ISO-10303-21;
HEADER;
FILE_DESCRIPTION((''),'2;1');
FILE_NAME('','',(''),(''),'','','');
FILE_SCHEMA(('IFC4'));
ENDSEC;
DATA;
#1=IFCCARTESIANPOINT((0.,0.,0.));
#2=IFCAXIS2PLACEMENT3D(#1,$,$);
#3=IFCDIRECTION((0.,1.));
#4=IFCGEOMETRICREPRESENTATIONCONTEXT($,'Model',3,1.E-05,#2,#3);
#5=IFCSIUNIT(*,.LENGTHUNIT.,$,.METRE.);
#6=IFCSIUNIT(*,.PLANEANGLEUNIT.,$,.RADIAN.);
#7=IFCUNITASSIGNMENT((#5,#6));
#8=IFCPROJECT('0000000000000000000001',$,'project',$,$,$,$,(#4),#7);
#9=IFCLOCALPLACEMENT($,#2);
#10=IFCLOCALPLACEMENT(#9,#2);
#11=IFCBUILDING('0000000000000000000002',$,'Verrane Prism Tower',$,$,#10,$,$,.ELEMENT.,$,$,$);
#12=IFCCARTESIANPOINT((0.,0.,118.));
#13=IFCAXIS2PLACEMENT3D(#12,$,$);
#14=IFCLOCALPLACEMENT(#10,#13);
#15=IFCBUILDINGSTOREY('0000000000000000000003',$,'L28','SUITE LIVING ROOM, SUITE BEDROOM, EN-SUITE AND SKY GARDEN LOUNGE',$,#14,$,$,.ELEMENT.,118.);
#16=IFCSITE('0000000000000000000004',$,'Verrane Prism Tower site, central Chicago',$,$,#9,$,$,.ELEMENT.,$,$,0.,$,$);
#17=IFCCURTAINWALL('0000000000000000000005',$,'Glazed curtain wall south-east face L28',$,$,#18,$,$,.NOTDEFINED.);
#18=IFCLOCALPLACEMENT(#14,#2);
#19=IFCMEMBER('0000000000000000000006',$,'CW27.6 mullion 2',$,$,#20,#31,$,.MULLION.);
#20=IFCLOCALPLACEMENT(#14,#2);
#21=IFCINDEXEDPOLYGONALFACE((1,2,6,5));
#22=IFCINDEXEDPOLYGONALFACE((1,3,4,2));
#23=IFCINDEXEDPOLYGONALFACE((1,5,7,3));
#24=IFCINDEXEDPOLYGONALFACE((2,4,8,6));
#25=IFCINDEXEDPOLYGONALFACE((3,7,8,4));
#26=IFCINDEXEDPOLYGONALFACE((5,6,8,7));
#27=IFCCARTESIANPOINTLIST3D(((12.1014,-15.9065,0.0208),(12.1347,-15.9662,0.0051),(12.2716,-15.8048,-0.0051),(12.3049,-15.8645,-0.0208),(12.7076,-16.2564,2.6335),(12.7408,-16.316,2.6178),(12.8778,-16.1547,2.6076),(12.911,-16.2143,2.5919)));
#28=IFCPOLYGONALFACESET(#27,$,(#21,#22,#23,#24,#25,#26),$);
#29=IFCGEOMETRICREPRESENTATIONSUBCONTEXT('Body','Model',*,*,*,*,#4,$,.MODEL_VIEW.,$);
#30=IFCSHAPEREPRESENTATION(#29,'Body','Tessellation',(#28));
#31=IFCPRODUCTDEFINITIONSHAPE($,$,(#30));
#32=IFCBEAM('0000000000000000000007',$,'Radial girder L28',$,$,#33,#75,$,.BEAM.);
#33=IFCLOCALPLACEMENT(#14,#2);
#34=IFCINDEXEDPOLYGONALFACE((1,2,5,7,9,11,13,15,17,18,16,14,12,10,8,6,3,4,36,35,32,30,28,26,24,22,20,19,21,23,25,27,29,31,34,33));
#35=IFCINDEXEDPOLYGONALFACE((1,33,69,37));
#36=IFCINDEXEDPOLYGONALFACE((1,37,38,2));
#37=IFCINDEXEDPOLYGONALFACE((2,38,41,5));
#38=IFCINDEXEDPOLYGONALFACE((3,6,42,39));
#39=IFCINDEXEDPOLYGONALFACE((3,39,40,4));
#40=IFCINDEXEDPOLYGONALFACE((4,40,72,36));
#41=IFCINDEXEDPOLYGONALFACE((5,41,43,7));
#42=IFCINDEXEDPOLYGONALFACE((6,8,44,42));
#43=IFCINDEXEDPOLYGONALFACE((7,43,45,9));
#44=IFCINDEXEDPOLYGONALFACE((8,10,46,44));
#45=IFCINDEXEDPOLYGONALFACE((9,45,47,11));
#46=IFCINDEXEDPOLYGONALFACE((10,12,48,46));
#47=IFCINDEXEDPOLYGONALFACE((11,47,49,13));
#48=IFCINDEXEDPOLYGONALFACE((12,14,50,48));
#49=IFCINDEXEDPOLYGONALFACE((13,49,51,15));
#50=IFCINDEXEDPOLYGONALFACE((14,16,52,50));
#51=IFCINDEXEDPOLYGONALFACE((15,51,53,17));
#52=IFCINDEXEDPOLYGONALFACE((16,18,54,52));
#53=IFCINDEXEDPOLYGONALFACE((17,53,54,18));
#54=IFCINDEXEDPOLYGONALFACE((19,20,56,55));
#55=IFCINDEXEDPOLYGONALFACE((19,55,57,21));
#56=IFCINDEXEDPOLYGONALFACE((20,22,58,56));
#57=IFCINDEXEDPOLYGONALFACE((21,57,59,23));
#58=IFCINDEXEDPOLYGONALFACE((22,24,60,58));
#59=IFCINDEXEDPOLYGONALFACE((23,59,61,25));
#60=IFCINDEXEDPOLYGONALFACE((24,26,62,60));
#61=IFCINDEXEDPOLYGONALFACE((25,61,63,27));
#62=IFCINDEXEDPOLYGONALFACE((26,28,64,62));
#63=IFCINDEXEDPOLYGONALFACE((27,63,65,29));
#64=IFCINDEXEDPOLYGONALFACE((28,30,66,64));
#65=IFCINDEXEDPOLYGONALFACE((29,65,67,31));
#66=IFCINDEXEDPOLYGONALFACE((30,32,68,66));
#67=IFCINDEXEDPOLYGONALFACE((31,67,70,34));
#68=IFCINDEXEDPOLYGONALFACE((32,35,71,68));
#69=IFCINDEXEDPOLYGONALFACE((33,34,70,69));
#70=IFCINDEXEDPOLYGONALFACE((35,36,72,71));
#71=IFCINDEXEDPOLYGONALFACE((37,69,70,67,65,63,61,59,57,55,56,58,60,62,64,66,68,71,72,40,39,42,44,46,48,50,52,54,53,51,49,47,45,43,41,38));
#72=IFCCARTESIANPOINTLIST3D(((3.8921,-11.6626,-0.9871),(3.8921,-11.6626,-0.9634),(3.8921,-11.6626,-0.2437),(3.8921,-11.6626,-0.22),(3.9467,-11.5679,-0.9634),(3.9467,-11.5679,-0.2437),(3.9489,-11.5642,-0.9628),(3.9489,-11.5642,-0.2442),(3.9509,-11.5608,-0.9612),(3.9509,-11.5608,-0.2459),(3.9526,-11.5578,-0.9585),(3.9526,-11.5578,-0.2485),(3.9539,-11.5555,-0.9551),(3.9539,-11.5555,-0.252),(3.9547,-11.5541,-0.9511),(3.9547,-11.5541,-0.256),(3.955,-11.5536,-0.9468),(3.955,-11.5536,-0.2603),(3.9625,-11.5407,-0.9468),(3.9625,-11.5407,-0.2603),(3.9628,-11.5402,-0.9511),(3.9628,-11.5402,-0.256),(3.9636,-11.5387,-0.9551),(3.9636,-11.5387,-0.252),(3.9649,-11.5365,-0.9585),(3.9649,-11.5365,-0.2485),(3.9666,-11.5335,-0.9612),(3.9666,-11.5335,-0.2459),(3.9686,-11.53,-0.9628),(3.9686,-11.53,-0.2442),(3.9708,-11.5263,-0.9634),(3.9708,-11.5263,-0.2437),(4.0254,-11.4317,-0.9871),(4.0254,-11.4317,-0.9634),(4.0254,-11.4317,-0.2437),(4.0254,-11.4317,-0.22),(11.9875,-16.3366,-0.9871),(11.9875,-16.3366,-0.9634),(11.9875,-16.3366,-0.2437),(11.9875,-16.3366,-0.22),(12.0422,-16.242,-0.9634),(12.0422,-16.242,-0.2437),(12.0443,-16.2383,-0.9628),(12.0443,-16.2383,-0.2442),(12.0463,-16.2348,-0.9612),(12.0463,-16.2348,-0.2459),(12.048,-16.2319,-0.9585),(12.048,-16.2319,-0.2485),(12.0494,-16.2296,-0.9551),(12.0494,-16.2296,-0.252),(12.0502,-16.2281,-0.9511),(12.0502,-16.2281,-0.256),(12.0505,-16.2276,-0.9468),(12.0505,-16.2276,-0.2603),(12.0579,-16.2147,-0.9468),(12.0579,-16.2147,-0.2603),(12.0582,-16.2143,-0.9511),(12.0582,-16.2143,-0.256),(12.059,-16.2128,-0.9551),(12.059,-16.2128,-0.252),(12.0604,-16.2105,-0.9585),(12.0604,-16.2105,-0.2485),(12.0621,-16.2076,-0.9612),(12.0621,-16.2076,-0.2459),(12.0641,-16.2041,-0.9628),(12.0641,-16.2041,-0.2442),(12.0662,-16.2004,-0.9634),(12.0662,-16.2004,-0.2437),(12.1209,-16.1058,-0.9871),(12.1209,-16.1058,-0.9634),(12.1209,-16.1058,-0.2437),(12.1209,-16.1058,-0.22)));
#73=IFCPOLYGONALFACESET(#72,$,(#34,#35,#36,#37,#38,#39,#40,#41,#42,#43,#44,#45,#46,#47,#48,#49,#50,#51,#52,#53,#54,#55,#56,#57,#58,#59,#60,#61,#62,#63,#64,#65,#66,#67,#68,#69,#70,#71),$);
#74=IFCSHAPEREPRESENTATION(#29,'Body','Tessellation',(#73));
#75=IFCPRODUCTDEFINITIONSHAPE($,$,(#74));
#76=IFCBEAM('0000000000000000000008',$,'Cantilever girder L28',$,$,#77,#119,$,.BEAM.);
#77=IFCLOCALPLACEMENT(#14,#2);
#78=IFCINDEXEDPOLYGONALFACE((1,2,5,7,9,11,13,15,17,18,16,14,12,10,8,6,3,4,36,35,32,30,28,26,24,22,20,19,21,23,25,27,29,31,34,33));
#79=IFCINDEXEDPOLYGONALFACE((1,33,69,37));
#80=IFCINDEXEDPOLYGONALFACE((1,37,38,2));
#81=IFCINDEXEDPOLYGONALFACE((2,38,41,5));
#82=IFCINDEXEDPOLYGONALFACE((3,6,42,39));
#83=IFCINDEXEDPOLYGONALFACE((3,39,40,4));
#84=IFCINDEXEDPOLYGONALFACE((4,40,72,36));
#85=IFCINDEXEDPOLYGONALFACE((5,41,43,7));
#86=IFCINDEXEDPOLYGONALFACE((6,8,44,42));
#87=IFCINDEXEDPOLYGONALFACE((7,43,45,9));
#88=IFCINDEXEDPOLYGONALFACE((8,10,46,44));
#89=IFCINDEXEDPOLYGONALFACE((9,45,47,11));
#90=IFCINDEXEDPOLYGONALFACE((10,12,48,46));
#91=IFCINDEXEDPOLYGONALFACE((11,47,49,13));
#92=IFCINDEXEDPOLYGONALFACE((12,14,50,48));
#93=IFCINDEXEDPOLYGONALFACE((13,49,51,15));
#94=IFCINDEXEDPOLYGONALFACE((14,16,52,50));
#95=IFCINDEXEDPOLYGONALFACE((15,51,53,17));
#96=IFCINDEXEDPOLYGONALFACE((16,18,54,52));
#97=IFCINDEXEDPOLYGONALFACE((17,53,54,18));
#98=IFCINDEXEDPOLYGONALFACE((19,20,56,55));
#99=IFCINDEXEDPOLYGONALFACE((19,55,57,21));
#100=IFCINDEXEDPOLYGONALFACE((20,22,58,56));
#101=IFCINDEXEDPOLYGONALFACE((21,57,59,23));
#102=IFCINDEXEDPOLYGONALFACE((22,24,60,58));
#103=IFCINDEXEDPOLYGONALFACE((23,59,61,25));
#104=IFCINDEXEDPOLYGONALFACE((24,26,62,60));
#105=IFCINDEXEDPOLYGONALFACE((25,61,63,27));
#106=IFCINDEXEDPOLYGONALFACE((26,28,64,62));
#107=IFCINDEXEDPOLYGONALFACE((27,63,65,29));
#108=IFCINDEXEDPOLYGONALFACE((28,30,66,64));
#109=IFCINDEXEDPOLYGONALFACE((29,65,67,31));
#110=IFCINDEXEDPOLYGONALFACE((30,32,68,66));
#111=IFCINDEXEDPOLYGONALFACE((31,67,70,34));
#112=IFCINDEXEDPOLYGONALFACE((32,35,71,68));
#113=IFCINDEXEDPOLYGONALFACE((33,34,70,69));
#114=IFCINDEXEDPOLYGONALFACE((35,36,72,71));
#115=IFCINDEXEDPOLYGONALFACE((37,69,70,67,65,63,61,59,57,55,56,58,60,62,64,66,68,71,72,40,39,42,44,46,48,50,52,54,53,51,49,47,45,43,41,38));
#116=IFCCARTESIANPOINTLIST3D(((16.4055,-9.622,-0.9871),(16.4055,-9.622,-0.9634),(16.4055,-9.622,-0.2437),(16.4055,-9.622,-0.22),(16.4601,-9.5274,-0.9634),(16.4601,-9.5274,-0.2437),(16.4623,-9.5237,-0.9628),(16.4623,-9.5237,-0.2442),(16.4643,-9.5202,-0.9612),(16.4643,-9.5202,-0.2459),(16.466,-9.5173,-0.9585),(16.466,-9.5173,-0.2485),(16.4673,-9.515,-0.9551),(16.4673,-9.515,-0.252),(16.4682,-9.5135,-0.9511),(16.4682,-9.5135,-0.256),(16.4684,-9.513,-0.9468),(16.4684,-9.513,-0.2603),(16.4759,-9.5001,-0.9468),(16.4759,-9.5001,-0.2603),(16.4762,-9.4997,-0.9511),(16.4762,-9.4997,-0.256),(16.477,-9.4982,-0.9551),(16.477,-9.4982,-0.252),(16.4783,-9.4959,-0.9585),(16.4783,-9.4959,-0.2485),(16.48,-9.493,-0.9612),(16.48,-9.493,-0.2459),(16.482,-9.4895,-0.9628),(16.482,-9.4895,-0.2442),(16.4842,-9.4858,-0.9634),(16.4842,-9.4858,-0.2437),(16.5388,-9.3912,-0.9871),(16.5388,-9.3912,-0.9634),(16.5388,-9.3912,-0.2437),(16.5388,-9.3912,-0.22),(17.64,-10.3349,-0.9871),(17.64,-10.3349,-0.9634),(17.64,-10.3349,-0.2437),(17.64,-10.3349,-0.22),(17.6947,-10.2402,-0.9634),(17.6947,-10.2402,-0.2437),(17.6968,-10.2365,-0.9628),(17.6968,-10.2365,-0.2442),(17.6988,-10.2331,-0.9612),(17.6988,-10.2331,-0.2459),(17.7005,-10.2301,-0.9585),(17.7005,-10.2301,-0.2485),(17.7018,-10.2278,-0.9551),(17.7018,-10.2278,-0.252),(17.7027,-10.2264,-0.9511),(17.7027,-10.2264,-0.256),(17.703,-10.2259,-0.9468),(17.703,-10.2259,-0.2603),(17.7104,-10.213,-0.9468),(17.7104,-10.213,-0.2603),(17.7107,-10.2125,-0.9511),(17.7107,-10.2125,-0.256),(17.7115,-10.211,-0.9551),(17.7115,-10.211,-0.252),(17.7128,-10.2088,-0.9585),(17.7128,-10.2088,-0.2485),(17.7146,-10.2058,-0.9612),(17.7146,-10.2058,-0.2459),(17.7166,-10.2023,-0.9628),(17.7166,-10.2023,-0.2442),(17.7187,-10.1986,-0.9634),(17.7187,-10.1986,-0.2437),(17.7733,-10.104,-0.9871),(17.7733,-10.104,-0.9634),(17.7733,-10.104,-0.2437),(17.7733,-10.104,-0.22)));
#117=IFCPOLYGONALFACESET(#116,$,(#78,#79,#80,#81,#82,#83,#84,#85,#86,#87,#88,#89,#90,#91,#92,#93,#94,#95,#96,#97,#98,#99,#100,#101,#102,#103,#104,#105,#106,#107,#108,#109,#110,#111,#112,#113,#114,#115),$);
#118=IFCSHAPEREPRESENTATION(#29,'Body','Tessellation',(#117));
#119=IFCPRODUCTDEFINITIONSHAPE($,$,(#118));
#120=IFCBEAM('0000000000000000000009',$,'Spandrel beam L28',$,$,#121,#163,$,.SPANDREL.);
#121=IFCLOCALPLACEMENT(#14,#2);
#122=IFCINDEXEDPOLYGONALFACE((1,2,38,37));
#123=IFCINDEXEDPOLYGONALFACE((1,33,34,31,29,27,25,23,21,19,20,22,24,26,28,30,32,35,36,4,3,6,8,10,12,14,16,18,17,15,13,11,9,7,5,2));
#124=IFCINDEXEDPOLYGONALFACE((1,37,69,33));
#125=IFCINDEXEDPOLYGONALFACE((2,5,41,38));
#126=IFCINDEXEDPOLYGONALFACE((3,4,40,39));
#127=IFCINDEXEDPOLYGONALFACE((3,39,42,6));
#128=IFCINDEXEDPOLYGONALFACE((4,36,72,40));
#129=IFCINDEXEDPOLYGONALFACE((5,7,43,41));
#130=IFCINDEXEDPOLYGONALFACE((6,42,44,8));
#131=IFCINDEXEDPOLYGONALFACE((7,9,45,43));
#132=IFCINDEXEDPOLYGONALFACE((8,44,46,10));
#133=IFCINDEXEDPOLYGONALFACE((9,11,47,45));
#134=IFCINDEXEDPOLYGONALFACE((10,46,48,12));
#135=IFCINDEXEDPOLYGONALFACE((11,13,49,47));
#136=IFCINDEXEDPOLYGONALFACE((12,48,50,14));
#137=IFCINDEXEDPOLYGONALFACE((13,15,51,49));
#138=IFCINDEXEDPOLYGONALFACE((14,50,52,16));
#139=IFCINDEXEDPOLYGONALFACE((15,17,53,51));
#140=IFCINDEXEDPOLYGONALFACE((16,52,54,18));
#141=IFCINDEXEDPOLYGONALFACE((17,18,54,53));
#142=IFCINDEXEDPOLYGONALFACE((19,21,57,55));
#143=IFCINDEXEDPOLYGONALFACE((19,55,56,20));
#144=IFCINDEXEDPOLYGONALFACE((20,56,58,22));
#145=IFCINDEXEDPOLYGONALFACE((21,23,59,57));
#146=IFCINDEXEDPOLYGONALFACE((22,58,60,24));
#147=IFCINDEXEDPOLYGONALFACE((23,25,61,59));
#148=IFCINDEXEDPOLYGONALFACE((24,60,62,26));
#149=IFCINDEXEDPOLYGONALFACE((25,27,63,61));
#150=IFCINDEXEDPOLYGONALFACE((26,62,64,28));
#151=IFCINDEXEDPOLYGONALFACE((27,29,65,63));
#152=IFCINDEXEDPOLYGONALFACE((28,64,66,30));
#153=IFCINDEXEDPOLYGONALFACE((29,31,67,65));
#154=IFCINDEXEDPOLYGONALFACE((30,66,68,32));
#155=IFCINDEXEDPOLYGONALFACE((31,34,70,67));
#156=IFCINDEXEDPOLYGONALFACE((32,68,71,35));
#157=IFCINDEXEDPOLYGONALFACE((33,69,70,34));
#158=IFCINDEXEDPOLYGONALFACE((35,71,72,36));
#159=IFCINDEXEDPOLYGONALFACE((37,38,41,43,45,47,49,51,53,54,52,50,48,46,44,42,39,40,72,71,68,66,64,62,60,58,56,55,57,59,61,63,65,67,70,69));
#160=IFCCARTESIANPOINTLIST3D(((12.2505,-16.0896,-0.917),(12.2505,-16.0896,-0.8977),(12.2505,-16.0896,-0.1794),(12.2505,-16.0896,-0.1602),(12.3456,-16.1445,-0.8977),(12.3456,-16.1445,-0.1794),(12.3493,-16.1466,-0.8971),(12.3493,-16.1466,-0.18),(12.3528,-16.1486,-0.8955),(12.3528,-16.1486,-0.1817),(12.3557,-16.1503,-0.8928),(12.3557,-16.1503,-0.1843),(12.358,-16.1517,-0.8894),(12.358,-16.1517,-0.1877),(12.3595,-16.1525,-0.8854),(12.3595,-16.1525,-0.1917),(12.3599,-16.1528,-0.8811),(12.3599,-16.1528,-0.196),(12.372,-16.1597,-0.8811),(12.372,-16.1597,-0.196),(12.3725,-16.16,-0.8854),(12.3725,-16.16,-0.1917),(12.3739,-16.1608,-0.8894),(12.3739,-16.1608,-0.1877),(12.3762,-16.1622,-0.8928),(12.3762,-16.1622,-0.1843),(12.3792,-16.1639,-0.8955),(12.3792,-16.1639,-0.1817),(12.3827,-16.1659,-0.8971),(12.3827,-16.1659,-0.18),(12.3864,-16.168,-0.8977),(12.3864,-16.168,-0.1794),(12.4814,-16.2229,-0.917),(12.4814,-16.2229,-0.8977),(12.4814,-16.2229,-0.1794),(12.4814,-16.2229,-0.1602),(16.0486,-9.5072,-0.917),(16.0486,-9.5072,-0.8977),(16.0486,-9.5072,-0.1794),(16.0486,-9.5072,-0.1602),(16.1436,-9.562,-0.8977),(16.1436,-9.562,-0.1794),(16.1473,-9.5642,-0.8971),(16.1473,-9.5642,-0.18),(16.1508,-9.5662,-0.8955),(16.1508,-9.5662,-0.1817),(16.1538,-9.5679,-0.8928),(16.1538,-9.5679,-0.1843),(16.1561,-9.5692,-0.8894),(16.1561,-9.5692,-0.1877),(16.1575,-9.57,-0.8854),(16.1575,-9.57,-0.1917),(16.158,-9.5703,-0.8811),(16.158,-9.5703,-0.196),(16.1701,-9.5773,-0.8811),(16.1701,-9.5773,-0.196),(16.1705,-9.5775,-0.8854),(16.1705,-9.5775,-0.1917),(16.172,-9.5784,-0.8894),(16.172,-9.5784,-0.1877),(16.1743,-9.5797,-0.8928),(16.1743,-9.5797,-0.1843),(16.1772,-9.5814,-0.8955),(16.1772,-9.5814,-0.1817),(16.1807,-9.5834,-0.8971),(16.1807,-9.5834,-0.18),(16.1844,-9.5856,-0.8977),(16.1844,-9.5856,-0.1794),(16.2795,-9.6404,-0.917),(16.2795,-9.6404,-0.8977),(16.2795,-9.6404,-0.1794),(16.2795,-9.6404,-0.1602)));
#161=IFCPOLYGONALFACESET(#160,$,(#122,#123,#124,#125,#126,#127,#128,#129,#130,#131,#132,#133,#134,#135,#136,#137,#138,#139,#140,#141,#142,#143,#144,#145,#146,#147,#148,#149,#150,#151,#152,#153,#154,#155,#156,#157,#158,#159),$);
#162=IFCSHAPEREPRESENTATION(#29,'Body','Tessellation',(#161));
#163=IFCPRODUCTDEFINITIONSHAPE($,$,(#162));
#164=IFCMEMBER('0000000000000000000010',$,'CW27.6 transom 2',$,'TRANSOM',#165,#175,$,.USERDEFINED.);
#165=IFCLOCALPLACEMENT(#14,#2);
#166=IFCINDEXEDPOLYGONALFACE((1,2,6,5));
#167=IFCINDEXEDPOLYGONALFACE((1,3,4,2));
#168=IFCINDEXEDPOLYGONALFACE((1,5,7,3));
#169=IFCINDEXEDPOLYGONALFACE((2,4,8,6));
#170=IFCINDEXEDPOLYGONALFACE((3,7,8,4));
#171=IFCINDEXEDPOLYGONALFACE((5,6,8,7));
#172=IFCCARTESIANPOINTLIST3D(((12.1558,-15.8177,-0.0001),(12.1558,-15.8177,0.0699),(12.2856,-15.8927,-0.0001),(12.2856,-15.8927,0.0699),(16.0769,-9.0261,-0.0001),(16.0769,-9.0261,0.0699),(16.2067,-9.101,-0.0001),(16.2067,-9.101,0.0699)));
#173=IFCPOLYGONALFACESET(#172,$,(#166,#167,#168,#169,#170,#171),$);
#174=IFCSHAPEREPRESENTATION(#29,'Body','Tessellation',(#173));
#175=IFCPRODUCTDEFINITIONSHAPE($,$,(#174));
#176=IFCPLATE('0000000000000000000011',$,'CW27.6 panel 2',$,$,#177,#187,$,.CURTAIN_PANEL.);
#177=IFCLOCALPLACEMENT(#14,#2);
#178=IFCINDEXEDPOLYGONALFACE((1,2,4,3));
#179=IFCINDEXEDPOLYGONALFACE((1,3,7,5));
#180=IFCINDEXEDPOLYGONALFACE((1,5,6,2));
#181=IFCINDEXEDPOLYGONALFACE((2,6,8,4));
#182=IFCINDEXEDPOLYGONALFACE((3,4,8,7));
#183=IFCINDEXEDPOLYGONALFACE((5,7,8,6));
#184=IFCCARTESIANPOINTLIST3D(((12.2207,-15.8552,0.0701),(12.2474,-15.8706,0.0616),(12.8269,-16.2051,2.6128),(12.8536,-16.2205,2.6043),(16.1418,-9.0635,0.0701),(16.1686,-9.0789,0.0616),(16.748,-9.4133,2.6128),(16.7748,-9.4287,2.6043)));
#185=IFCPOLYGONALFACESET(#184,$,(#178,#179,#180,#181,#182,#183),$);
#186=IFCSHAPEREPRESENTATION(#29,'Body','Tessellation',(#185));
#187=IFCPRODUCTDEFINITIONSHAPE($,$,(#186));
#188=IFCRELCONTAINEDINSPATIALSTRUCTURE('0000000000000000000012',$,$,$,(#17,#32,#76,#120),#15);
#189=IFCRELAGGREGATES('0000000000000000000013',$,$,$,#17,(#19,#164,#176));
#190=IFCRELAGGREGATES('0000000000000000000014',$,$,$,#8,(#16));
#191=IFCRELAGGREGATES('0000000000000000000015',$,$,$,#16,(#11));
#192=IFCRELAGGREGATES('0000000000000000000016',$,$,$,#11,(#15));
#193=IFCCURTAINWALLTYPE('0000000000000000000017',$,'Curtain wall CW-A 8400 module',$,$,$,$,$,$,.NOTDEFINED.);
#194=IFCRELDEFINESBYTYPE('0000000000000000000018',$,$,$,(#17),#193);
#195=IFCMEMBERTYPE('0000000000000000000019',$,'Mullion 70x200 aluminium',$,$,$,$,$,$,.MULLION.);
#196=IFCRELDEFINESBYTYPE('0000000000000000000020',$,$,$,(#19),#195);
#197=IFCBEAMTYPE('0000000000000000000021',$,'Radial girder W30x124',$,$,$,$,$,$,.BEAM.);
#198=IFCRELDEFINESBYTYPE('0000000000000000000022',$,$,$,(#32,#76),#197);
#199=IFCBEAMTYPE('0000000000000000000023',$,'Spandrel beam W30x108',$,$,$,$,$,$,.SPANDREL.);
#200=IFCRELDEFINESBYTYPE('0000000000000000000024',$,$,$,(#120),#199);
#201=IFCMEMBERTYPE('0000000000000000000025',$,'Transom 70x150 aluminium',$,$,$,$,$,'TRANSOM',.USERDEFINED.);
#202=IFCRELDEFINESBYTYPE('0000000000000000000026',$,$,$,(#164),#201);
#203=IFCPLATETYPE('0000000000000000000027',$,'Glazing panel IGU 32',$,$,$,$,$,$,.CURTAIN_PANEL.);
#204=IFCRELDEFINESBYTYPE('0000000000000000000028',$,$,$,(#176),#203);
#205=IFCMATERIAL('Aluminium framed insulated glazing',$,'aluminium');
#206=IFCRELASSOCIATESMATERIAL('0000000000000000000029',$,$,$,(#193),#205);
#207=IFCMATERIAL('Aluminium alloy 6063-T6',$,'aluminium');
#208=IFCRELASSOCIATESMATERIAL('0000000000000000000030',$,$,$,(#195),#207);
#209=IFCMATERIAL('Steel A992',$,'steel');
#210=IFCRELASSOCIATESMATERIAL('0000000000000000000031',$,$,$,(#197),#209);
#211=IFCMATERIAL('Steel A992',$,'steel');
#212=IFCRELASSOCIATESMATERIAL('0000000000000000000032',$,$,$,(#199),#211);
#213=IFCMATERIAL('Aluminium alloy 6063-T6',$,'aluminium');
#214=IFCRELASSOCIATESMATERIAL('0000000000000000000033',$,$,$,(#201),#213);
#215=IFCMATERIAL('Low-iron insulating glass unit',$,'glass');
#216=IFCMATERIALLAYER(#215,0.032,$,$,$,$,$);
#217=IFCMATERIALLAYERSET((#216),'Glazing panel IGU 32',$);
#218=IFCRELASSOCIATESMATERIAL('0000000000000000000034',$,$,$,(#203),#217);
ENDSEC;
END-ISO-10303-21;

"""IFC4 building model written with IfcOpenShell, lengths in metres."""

from ifc_helpers import new_model, si_unit, direction, frame, origin, origin_2d, place, context, subcontext, project, spatial, polyline, rectangle, i_section, outline, extrude, material, layer, layer_set, material_profile, profile_set, type_object, element, aggregate, save


model = new_model("IFC4")

# Units and contexts
model_context = context("Model", 3, precision=1e-05, world=origin(), true_north=direction((0.0, 1.0)))
body_context = subcontext(model_context, "Body", "Model", "MODEL_VIEW")
ifc_project = project(units=[si_unit("LENGTHUNIT", "METRE"), si_unit("PLANEANGLEUNIT", "RADIAN")], contexts=[model_context])

# Site, building, storey
site_placement = place(None, origin())
site = spatial("IfcSite", under=ifc_project, at=site_placement, Name="Verrane Prism Tower site, central Chicago", CompositionType="ELEMENT", RefElevation=0.0)
building_placement = place(site_placement, origin())
building = spatial("IfcBuilding", under=site, at=building_placement, Name="Verrane Prism Tower", CompositionType="ELEMENT")
storey_placement = place(building_placement, frame((0.0, 0.0, 118.0)))
storey = spatial("IfcBuildingStorey", under=building, at=storey_placement, Name="L28", Description="SUITE LIVING ROOM, SUITE BEDROOM, EN-SUITE AND SKY GARDEN LOUNGE", CompositionType="ELEMENT", Elevation=118.0)

# Curtain wall, member
ifc_material_1 = material(Name="Aluminium framed insulated glazing", Category="aluminium")
curtain_wall_type = type_object("IfcCurtainWallType", Name="Curtain wall CW-A 8400 module", PredefinedType="NOTDEFINED", material=ifc_material_1)
curtain_wall_placement = place(storey_placement, origin())
curtain_wall = element("IfcCurtainWall", 1, at=curtain_wall_placement, inside=storey, type_object=curtain_wall_type, Name="Glazed curtain wall south-east face L28", PredefinedType="NOTDEFINED")
ifc_material_2 = material(Name="Aluminium alloy 6063-T6", Category="aluminium")
ifc_material_profile_1 = material_profile(ifc_material_2, rectangle(XDim=0.2, YDim=0.0701, at=origin_2d()), Name="Mullion 70x200 aluminium")
ifc_profile_set_1 = profile_set([ifc_material_profile_1], Name="Aluminium alloy 6063-T6")
member_type_1 = type_object("IfcMemberType", Name="Mullion 70x200 aluminium", PredefinedType="MULLION", material=ifc_profile_set_1)
member_1_placement = place(storey_placement, frame((12.2031, -15.8855, 0.0), z_axis=(0.224111, -0.12934, 0.965943), x_axis=(-0.851191, -0.50866, 0.129378)))
member_1 = element("IfcMember", 2, at=member_1_placement, type_object=member_type_1, Name="CW27.6 mullion 2", PredefinedType="MULLION", context=body_context, shape_type="SweptSolid", body=[
    extrude(rectangle(XDim=0.2, YDim=0.0701, at=origin_2d()), origin(), (0.0, 0.0, 1.0), 2.7048),
])

# Beams
ifc_material_3 = material(Name="Steel A992", Category="steel")
ifc_material_profile_2 = material_profile(ifc_material_3, i_section(OverallWidth=0.2666, OverallDepth=0.7671, WebThickness=0.0149, FlangeThickness=0.0237, FilletRadius=0.0166, at=origin_2d()), Name="W30x124")
ifc_profile_set_2 = profile_set([ifc_material_profile_2], Name="Steel A992")
beam_type_1 = type_object("IfcBeamType", Name="Radial girder W30x124", PredefinedType="BEAM", material=ifc_profile_set_2)
beam_1_placement = place(storey_placement, frame((12.0542, -16.2212, -0.6035), z_axis=(-0.866018, 0.500013, 0.0), x_axis=(-0.500013, -0.866018, 0.0)))
element("IfcBeam", 3, at=beam_1_placement, inside=storey, type_object=beam_type_1, Name="Radial girder L28", PredefinedType="BEAM", context=body_context, shape_type="SweptSolid", body=[
    extrude(i_section(OverallWidth=0.2666, OverallDepth=0.7671, WebThickness=0.0149, FlangeThickness=0.0237, FilletRadius=0.0166, at=origin_2d()), origin(), (0.0, 0.0, 1.0), 9.3479),
])
beam_2_placement = place(storey_placement, frame((16.4722, -9.5066, -0.6035), z_axis=(0.866, -0.500044, 0.0), x_axis=(0.500044, 0.866, 0.0)))
element("IfcBeam", 4, at=beam_2_placement, inside=storey, type_object=beam_type_1, Name="Cantilever girder L28", PredefinedType="BEAM", context=body_context, shape_type="SweptSolid", body=[
    extrude(i_section(OverallWidth=0.2666, OverallDepth=0.7671, WebThickness=0.0149, FlangeThickness=0.0237, FilletRadius=0.0166, at=origin_2d()), origin(), (0.0, 0.0, 1.0), 1.4255),
])
ifc_material_4 = material(Name="Steel A992", Category="steel")
ifc_material_profile_3 = material_profile(ifc_material_4, i_section(OverallWidth=0.2666, OverallDepth=0.7568, WebThickness=0.0139, FlangeThickness=0.0193, FilletRadius=0.0166, at=origin_2d()), Name="W30x108")
ifc_profile_set_3 = profile_set([ifc_material_profile_3], Name="Steel A992")
beam_type_2 = type_object("IfcBeamType", Name="Spandrel beam W30x108", PredefinedType="SPANDREL", material=ifc_profile_set_3)
beam_3_placement = place(storey_placement, frame((12.366, -16.1562, -0.5386), z_axis=(0.499771, 0.866158, 0.0), x_axis=(-0.866158, 0.499771, 0.0)))
element("IfcBeam", 5, at=beam_3_placement, inside=storey, type_object=beam_type_2, Name="Spandrel beam L28", PredefinedType="SPANDREL", context=body_context, shape_type="SweptSolid", body=[
    extrude(i_section(OverallWidth=0.2666, OverallDepth=0.7568, WebThickness=0.0139, FlangeThickness=0.0193, FilletRadius=0.0166, at=origin_2d()), origin(), (0.0, 0.0, 1.0), 7.5996),
])

# Member
ifc_material_5 = material(Name="Aluminium alloy 6063-T6", Category="aluminium")
ifc_material_profile_4 = material_profile(ifc_material_5, rectangle(XDim=0.1499, YDim=0.0701, at=origin_2d()), Name="Transom 70x150 aluminium")
ifc_profile_set_4 = profile_set([ifc_material_profile_4], Name="Aluminium alloy 6063-T6")
member_type_2 = type_object("IfcMemberType", Name="Transom 70x150 aluminium", ElementType="TRANSOM", PredefinedType="USERDEFINED", material=ifc_profile_set_4)
member_2_placement = place(storey_placement, frame((12.2207, -15.8552, 0.0349), z_axis=(0.499993, 0.86603, 0.0), x_axis=(-0.86603, 0.499993, 0.0)))
member_2 = element("IfcMember", 6, at=member_2_placement, type_object=member_type_2, Name="CW27.6 transom 2", ObjectType="TRANSOM", PredefinedType="USERDEFINED", context=body_context, shape_type="SweptSolid", body=[
    extrude(rectangle(XDim=0.1499, YDim=0.0701, at=origin_2d()), origin(), (0.0, 0.0, 1.0), 7.8423),
])

# Plate
ifc_material_6 = material(Name="Low-iron insulating glass unit", Category="glass")
ifc_layer_1 = layer(ifc_material_6, 0.032)
ifc_layer_set_1 = layer_set([ifc_layer_1], Name="Glazing panel IGU 32")
plate_type = type_object("IfcPlateType", Name="Glazing panel IGU 32", PredefinedType="CURTAIN_PANEL", material=ifc_layer_set_1)
plate_placement = place(storey_placement, frame((12.2207, -15.8552, 0.0701), z_axis=(-0.834975, 0.482064, 0.26539), x_axis=(0.499993, 0.86603, 0.0)))
plate = element("IfcPlate", 7, at=plate_placement, type_object=plate_type, Name="CW27.6 panel 2", PredefinedType="CURTAIN_PANEL", context=body_context, shape_type="SweptSolid", body=[
    extrude(outline(polyline([(0.0, 0.0), (7.8424, 0.0), (7.8425, -2.6373), (0.0001, -2.6373), (0.0, 0.0)])), origin(), (0.0, 0.0, -1.0), 0.032),
])
aggregate(curtain_wall, [member_1, member_2, plate])

save(model, "model.ifc")
